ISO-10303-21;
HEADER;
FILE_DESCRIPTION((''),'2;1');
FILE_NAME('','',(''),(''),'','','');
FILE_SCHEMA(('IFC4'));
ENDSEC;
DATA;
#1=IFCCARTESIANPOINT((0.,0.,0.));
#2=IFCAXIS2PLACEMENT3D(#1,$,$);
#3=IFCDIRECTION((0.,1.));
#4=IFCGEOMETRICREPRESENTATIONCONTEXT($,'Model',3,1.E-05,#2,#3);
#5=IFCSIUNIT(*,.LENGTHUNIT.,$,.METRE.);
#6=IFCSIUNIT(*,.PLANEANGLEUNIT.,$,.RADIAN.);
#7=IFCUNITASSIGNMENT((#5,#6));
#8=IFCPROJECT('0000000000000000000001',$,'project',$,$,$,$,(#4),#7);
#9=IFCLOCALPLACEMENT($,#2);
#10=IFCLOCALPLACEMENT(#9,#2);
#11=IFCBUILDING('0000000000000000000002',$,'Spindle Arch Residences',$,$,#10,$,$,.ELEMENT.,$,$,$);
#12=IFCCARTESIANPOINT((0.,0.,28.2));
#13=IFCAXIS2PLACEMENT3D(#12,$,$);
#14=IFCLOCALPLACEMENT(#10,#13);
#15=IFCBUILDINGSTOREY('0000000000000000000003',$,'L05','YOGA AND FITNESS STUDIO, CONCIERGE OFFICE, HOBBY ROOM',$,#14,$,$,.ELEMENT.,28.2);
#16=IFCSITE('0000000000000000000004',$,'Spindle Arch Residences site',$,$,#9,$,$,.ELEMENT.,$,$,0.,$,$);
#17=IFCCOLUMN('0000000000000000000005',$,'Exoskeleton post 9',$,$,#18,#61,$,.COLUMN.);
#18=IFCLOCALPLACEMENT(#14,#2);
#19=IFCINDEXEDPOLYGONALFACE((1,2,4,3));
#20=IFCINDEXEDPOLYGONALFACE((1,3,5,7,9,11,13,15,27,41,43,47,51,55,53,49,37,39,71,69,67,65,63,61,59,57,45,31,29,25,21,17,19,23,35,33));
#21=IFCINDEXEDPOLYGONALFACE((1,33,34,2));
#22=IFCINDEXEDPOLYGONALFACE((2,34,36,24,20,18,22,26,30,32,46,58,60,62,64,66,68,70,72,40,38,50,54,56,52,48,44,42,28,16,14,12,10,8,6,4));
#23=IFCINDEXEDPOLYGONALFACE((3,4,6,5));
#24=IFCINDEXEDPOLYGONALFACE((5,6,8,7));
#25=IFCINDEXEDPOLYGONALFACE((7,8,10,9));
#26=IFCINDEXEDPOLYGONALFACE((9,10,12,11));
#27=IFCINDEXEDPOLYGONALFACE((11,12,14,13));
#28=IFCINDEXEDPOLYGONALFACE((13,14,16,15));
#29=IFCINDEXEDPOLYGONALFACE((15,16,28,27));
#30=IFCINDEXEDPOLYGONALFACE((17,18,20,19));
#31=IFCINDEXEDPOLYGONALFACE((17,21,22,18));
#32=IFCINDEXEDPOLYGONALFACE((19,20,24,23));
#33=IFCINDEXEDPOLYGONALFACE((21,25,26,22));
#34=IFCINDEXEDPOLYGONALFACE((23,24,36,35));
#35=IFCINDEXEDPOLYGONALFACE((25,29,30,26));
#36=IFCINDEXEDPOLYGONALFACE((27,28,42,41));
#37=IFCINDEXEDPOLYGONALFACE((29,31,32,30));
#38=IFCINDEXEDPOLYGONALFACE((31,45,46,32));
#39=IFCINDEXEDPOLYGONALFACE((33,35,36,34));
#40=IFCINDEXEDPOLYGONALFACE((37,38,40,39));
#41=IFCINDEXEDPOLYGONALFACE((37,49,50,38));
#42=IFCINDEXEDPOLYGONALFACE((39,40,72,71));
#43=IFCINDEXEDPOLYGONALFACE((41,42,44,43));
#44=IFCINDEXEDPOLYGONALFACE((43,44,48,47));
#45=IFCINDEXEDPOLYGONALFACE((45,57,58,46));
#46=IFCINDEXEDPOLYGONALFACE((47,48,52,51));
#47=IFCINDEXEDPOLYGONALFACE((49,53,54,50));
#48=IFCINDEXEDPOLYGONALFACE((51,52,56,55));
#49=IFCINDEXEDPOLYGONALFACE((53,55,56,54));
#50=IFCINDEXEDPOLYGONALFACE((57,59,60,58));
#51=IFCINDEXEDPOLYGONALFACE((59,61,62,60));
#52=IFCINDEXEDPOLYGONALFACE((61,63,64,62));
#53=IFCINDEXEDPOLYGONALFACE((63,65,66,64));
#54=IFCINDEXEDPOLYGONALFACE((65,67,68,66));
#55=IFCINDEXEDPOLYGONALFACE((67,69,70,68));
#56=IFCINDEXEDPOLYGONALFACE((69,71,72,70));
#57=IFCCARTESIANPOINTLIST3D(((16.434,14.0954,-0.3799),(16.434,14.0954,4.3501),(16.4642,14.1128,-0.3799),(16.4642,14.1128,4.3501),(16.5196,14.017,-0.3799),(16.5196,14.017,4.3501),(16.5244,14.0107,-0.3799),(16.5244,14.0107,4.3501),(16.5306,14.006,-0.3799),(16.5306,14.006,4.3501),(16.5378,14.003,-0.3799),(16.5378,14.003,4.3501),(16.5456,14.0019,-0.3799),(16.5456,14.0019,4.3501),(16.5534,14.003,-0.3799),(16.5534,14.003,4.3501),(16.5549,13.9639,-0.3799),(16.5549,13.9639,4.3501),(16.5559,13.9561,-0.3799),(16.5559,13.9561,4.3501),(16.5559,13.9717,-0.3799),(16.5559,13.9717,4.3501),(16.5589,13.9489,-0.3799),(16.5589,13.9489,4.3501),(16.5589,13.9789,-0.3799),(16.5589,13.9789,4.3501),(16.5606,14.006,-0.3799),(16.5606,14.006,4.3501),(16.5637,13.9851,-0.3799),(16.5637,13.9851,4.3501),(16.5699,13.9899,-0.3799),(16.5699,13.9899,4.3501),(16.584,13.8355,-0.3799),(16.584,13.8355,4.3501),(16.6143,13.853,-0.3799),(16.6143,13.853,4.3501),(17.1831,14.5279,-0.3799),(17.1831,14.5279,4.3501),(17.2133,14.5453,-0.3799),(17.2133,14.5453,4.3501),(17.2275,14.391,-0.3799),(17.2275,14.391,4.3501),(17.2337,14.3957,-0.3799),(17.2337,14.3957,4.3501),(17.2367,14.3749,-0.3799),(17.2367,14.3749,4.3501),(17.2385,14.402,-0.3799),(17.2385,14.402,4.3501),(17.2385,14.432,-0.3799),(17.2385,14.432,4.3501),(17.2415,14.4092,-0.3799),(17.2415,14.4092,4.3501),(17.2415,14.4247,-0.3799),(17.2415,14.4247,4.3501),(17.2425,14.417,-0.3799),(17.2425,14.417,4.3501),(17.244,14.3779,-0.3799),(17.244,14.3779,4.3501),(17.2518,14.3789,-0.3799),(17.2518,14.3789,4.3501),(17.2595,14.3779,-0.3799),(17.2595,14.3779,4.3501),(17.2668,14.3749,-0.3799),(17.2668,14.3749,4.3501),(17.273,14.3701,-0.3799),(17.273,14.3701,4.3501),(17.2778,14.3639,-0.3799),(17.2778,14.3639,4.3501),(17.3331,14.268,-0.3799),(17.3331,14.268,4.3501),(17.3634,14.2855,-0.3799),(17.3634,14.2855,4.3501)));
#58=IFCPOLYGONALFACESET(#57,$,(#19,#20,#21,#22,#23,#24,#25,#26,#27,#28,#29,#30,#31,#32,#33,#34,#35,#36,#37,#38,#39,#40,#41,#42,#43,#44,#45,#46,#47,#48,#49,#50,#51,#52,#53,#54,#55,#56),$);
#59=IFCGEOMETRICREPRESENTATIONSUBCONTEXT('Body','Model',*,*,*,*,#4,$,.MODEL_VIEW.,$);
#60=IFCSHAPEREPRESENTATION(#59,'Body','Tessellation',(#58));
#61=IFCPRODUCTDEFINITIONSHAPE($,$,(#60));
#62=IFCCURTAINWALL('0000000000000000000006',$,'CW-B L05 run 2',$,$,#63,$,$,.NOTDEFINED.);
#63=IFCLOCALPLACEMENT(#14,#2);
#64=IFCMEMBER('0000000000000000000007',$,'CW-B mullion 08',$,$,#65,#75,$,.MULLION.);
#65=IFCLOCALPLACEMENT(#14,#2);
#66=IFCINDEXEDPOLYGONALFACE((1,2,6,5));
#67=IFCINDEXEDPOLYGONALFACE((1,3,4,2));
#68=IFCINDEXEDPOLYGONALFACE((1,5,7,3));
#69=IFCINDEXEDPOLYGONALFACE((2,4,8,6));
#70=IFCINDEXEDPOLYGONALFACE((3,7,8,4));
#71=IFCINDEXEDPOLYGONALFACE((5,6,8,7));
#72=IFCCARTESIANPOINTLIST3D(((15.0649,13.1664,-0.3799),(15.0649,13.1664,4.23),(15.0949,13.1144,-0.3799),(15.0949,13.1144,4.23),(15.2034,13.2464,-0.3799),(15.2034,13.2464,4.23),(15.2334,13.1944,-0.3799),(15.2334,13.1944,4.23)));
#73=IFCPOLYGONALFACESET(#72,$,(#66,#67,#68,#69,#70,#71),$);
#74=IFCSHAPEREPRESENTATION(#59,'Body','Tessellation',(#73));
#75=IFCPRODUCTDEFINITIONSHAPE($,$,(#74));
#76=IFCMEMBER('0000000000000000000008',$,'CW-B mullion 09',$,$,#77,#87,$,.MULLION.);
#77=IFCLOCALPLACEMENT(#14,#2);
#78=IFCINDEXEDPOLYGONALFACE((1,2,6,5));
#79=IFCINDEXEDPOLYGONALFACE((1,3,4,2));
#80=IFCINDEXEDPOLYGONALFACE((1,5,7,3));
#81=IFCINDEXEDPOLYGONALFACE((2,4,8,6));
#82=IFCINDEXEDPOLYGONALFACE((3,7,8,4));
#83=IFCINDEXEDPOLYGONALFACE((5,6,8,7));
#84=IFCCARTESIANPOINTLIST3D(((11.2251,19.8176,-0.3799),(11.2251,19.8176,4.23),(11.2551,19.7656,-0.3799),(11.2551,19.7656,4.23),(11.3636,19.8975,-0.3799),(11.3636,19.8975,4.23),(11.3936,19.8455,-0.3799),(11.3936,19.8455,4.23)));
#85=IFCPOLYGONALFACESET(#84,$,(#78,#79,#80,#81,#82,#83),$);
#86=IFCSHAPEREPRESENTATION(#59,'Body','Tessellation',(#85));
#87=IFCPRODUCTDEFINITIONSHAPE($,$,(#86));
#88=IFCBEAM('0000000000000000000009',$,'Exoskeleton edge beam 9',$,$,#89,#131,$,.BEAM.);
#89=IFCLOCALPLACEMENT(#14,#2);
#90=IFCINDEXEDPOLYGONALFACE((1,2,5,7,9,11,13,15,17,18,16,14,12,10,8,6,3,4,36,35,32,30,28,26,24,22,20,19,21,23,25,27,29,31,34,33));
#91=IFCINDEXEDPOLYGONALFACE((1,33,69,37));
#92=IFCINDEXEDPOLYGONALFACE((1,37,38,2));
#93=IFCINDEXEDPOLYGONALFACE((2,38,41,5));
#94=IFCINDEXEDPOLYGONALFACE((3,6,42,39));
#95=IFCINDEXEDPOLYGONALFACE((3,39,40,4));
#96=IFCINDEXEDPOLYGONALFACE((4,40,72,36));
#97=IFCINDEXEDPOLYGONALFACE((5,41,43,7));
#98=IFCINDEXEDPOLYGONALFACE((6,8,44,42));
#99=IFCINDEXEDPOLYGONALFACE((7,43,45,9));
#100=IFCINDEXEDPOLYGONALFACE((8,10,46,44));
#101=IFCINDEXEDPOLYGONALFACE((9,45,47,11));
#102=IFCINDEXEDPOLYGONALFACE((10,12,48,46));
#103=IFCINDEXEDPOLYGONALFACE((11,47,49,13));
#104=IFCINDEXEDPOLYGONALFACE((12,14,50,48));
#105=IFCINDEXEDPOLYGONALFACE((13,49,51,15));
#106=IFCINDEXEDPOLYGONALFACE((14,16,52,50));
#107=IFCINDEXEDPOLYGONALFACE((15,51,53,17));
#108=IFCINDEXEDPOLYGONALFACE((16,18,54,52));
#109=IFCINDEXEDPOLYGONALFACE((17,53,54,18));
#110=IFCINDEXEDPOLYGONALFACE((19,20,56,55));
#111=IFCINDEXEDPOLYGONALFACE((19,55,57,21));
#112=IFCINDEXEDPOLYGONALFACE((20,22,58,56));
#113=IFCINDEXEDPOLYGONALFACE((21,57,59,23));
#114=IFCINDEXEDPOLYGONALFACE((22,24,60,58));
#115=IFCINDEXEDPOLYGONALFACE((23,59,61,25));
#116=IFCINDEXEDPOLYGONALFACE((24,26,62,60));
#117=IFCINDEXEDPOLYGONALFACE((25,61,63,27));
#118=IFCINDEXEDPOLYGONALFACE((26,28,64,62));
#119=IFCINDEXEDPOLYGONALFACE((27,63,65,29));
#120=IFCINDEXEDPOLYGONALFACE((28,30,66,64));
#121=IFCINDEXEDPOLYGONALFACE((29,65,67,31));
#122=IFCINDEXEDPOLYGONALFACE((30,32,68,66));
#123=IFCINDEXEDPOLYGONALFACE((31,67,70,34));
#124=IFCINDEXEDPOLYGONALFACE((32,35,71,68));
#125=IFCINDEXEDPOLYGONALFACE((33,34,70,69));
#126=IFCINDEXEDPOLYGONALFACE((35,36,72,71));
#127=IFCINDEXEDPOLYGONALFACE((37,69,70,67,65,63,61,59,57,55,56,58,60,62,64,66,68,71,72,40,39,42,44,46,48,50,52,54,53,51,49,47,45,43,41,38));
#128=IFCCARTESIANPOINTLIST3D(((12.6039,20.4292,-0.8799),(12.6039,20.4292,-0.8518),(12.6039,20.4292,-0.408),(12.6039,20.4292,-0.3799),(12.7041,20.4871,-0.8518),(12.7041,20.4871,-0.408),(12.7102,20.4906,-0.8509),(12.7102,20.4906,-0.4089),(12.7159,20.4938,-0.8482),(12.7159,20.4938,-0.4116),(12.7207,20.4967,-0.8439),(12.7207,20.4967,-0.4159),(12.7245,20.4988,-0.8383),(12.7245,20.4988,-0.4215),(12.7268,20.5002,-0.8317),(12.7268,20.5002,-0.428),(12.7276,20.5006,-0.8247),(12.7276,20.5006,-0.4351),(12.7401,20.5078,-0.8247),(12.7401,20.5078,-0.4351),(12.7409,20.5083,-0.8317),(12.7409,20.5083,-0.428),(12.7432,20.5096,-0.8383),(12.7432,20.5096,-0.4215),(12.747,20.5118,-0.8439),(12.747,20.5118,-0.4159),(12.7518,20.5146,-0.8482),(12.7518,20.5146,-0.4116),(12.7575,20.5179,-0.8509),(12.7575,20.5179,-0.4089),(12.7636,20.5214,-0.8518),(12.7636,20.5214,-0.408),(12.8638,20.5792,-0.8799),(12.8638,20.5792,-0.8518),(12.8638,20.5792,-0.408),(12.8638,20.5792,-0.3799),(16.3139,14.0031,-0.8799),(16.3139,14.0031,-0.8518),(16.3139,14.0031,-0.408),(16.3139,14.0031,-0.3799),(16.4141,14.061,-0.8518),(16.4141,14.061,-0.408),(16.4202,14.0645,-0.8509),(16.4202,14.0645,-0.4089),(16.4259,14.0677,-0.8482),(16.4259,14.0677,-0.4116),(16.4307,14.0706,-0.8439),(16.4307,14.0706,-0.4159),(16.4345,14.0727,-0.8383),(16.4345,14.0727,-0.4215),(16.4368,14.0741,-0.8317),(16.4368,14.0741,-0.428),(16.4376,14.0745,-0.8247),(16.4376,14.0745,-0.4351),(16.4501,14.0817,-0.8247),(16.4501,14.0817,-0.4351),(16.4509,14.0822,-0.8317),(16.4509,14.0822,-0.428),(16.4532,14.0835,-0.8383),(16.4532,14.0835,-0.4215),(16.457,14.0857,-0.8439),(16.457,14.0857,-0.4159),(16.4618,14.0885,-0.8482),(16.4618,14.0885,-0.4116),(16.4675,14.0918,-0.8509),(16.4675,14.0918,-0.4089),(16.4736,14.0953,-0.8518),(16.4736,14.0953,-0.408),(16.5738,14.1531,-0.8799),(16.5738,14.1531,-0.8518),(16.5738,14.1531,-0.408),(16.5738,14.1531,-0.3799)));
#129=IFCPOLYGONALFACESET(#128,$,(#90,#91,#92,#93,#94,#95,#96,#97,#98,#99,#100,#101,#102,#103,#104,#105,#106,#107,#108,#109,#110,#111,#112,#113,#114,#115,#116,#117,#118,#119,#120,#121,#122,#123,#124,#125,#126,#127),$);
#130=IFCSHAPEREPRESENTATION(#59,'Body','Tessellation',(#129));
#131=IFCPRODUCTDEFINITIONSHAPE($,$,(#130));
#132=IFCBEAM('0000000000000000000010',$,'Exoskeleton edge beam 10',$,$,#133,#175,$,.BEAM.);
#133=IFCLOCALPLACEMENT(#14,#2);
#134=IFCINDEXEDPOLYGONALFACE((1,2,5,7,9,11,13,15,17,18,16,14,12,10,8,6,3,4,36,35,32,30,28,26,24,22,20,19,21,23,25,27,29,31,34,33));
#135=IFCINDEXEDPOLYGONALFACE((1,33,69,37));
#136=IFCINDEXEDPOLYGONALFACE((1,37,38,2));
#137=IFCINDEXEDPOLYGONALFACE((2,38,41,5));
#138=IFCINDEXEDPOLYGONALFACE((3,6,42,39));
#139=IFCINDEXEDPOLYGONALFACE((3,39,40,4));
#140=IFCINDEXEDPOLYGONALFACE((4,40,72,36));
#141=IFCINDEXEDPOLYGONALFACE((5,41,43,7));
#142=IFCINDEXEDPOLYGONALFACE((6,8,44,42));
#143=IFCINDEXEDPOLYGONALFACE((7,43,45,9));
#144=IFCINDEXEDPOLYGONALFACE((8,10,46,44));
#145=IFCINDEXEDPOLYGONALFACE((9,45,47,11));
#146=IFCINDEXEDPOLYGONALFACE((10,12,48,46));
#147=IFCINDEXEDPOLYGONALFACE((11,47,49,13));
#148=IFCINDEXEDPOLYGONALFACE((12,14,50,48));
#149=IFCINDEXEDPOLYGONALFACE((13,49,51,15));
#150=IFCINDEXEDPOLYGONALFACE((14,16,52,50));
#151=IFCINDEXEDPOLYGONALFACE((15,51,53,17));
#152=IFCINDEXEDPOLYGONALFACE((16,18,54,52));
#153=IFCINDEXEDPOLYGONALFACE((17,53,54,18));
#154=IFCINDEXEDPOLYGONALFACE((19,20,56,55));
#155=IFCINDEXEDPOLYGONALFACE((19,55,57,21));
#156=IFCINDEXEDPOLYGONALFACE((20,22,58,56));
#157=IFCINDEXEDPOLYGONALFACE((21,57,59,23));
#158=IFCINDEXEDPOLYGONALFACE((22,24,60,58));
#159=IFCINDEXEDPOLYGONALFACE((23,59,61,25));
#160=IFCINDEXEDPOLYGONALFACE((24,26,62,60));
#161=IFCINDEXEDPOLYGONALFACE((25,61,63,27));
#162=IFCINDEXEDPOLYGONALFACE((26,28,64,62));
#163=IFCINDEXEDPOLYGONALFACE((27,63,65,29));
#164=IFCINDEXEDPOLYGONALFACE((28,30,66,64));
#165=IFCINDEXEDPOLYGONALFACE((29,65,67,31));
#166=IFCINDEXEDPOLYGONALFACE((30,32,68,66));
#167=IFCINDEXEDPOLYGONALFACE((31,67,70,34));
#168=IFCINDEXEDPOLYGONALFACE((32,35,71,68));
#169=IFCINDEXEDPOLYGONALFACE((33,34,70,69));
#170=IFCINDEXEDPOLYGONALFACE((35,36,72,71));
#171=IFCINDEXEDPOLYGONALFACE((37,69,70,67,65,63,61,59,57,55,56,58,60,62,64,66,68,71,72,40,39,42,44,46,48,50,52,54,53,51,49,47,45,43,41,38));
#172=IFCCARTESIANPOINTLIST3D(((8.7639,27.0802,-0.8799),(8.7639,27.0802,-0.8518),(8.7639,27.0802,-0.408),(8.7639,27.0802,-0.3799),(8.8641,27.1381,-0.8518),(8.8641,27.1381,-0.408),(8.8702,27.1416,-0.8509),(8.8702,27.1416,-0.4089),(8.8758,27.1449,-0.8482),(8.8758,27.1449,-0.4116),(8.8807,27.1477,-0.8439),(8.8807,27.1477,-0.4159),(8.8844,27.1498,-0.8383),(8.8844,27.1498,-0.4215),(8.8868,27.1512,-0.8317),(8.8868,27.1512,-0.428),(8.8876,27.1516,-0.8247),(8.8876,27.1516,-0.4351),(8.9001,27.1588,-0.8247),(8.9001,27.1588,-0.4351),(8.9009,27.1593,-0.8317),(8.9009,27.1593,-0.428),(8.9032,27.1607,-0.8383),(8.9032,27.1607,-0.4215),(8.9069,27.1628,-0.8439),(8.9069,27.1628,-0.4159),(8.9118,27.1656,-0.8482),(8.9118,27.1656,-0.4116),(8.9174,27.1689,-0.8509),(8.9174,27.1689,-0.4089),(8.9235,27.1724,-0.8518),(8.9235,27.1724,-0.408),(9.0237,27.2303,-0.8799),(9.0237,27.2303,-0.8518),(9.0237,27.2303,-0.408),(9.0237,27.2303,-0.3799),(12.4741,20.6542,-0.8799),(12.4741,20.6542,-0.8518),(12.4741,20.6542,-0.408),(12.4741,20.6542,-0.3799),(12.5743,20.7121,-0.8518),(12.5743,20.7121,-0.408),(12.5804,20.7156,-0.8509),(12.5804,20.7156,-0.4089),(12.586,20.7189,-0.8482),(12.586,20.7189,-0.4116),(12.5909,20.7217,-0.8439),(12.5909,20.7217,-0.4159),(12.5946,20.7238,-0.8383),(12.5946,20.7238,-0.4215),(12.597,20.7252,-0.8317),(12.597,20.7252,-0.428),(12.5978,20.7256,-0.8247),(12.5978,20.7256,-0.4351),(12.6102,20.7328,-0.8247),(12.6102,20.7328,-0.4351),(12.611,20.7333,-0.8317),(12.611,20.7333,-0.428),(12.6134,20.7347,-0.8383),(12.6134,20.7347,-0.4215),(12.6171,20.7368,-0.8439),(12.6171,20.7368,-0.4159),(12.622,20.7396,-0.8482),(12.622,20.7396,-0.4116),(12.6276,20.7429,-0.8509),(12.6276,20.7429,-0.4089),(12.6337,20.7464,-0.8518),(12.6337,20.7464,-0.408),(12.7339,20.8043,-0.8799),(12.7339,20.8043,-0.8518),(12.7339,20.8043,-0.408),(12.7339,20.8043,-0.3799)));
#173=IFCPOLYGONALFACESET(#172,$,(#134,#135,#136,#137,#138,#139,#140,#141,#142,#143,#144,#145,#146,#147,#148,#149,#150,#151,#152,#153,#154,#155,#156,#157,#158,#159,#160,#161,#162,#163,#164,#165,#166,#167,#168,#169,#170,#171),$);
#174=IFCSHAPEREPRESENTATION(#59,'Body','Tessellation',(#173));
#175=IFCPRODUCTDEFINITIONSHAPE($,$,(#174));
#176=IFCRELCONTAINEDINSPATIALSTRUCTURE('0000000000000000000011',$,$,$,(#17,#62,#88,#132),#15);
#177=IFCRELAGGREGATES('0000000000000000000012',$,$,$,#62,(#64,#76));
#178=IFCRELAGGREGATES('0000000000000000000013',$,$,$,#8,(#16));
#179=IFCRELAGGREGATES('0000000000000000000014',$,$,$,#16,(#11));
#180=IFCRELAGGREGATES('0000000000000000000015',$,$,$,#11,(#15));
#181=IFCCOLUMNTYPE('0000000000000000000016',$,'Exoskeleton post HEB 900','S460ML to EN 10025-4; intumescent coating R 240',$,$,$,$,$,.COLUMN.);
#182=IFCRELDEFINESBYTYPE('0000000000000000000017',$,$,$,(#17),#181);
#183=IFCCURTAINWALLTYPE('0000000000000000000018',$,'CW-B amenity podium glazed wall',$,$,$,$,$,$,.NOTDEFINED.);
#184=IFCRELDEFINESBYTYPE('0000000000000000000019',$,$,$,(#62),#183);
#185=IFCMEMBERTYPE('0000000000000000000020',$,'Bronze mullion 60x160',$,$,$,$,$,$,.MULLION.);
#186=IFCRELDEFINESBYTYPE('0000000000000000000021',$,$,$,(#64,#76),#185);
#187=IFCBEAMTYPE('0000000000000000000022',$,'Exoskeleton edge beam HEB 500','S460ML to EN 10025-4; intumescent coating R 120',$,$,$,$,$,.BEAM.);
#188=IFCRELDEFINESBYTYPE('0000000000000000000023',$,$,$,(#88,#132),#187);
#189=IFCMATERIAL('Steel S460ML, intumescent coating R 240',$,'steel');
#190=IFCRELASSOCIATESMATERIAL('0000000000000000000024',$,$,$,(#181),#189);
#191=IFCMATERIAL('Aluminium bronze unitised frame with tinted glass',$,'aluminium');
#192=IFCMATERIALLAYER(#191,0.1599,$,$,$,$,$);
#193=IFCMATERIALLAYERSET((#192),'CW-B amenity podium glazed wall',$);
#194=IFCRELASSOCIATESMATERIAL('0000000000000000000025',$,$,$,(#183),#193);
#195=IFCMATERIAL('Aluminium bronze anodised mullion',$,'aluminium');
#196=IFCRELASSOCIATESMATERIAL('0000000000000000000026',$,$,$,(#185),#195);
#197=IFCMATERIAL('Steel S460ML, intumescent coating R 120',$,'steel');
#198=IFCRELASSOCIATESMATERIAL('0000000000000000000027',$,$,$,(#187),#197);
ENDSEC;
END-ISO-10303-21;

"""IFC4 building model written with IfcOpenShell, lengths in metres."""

from ifc_helpers import new_model, si_unit, direction, frame, origin, origin_2d, place, context, subcontext, project, spatial, rectangle, i_section, extrude, material, layer, layer_set, material_profile, profile_set, type_object, element, aggregate, save


model = new_model("IFC4")

# Units and contexts
model_context = context("Model", 3, precision=1e-05, world=origin(), true_north=direction((0.0, 1.0)))
body_context = subcontext(model_context, "Body", "Model", "MODEL_VIEW")
ifc_project = project(units=[si_unit("LENGTHUNIT", "METRE"), si_unit("PLANEANGLEUNIT", "RADIAN")], contexts=[model_context])

# Site, building, storey
site_placement = place(None, origin())
site = spatial("IfcSite", under=ifc_project, at=site_placement, Name="Spindle Arch Residences site", CompositionType="ELEMENT", RefElevation=0.0)
building_placement = place(site_placement, origin())
building = spatial("IfcBuilding", under=site, at=building_placement, Name="Spindle Arch Residences", CompositionType="ELEMENT")
storey_placement = place(building_placement, frame((0.0, 0.0, 28.2)))
storey = spatial("IfcBuildingStorey", under=building, at=storey_placement, Name="L05", Description="YOGA AND FITNESS STUDIO, CONCIERGE OFFICE, HOBBY ROOM", CompositionType="ELEMENT", Elevation=28.2)

# Column
ifc_material_1 = material(Name="Steel S460ML, intumescent coating R 240", Category="steel")
ifc_material_profile_1 = material_profile(ifc_material_1, i_section(OverallWidth=0.3, OverallDepth=0.8999, WebThickness=0.0186, FlangeThickness=0.0349, FilletRadius=0.03, at=origin_2d()), Name="HEB 900")
ifc_profile_set_1 = profile_set([ifc_material_profile_1], Name="Steel S460ML, intumescent coating R 240")
column_type = type_object("IfcColumnType", Name="Exoskeleton post HEB 900", Description="S460ML to EN 10025-4; intumescent coating R 240", PredefinedType="COLUMN", material=ifc_profile_set_1)
column_placement = place(storey_placement, frame((16.8987, 14.1904, -0.3799), z_axis=(0.0, 0.0, 1.0), x_axis=(0.5, -0.866025, 0.0)))
element("IfcColumn", 1, at=column_placement, inside=storey, type_object=column_type, Name="Exoskeleton post 9", PredefinedType="COLUMN", context=body_context, shape_type="SweptSolid", body=[
    extrude(i_section(OverallWidth=0.3, OverallDepth=0.8999, WebThickness=0.0186, FlangeThickness=0.0349, FilletRadius=0.03, at=origin_2d()), origin(), (0.0, 0.0, 1.0), 4.73),
])

# Curtain wall, members
ifc_material_2 = material(Name="Aluminium bronze unitised frame with tinted glass", Category="aluminium")
ifc_layer_1 = layer(ifc_material_2, 0.1599)
ifc_layer_set_1 = layer_set([ifc_layer_1], Name="CW-B amenity podium glazed wall")
curtain_wall_type = type_object("IfcCurtainWallType", Name="CW-B amenity podium glazed wall", PredefinedType="NOTDEFINED", material=ifc_layer_set_1)
curtain_wall_placement = place(storey_placement, origin())
curtain_wall = element("IfcCurtainWall", 2, at=curtain_wall_placement, inside=storey, type_object=curtain_wall_type, Name="CW-B L05 run 2", PredefinedType="NOTDEFINED")
ifc_material_3 = material(Name="Aluminium bronze anodised mullion", Category="aluminium")
ifc_material_profile_2 = material_profile(ifc_material_3, rectangle(XDim=0.1599, YDim=0.0601, at=origin_2d()), Name="MU 60x160")
ifc_profile_set_2 = profile_set([ifc_material_profile_2], Name="Aluminium bronze anodised mullion")
member_type = type_object("IfcMemberType", Name="Bronze mullion 60x160", PredefinedType="MULLION", material=ifc_profile_set_2)
member_1_placement = place(storey_placement, frame((15.1492, 13.1804, -0.3799), z_axis=(0.0, 0.0, 1.0), x_axis=(-0.866025, -0.5, 0.0)))
member_1 = element("IfcMember", 3, at=member_1_placement, type_object=member_type, Name="CW-B mullion 08", PredefinedType="MULLION", context=body_context, shape_type="SweptSolid", body=[
    extrude(rectangle(XDim=0.1599, YDim=0.0601, at=origin_2d()), origin(), (0.0, 0.0, 1.0), 4.6099),
])
member_2_placement = place(storey_placement, frame((11.3093, 19.8315, -0.3799), z_axis=(0.0, 0.0, 1.0), x_axis=(-0.866025, -0.5, 0.0)))
member_2 = element("IfcMember", 4, at=member_2_placement, type_object=member_type, Name="CW-B mullion 09", PredefinedType="MULLION", context=body_context, shape_type="SweptSolid", body=[
    extrude(rectangle(XDim=0.1599, YDim=0.0601, at=origin_2d()), origin(), (0.0, 0.0, 1.0), 4.6099),
])

# Beams
ifc_material_4 = material(Name="Steel S460ML, intumescent coating R 120", Category="steel")
ifc_material_profile_3 = material_profile(ifc_material_4, i_section(OverallWidth=0.3, OverallDepth=0.5, WebThickness=0.0144, FlangeThickness=0.0281, FilletRadius=0.0271, at=origin_2d()), Name="HEB 500")
ifc_profile_set_3 = profile_set([ifc_material_profile_3], Name="Steel S460ML, intumescent coating R 120")
beam_type_1 = type_object("IfcBeamType", Name="Exoskeleton edge beam HEB 500", Description="S460ML to EN 10025-4; intumescent coating R 120", PredefinedType="BEAM", material=ifc_profile_set_3)
for number, where, z_axis, x_axis, name in (
    (5, (16.4438, 14.0781, -0.6299), (-0.499989, 0.866032, 0.0), (-0.866032, -0.499989, 0.0), "Exoskeleton edge beam 9"),
    (6, (12.604, 20.7292, -0.6299), (-0.500014, 0.866017, 0.0), (-0.866017, -0.500014, 0.0), "Exoskeleton edge beam 10"),
):
    element("IfcBeam", number, at=place(storey_placement, frame(where, z_axis=z_axis, x_axis=x_axis)), inside=storey, type_object=beam_type_1, Name=name, PredefinedType="BEAM", context=body_context, shape_type="SweptSolid", body=[
        extrude(i_section(OverallWidth=0.3, OverallDepth=0.5, WebThickness=0.0144, FlangeThickness=0.0281, FilletRadius=0.0271, at=origin_2d()), origin(), (0.0, 0.0, 1.0), 7.4202),
    ])

aggregate(curtain_wall, [member_1, member_2])

save(model, "model.ifc")
